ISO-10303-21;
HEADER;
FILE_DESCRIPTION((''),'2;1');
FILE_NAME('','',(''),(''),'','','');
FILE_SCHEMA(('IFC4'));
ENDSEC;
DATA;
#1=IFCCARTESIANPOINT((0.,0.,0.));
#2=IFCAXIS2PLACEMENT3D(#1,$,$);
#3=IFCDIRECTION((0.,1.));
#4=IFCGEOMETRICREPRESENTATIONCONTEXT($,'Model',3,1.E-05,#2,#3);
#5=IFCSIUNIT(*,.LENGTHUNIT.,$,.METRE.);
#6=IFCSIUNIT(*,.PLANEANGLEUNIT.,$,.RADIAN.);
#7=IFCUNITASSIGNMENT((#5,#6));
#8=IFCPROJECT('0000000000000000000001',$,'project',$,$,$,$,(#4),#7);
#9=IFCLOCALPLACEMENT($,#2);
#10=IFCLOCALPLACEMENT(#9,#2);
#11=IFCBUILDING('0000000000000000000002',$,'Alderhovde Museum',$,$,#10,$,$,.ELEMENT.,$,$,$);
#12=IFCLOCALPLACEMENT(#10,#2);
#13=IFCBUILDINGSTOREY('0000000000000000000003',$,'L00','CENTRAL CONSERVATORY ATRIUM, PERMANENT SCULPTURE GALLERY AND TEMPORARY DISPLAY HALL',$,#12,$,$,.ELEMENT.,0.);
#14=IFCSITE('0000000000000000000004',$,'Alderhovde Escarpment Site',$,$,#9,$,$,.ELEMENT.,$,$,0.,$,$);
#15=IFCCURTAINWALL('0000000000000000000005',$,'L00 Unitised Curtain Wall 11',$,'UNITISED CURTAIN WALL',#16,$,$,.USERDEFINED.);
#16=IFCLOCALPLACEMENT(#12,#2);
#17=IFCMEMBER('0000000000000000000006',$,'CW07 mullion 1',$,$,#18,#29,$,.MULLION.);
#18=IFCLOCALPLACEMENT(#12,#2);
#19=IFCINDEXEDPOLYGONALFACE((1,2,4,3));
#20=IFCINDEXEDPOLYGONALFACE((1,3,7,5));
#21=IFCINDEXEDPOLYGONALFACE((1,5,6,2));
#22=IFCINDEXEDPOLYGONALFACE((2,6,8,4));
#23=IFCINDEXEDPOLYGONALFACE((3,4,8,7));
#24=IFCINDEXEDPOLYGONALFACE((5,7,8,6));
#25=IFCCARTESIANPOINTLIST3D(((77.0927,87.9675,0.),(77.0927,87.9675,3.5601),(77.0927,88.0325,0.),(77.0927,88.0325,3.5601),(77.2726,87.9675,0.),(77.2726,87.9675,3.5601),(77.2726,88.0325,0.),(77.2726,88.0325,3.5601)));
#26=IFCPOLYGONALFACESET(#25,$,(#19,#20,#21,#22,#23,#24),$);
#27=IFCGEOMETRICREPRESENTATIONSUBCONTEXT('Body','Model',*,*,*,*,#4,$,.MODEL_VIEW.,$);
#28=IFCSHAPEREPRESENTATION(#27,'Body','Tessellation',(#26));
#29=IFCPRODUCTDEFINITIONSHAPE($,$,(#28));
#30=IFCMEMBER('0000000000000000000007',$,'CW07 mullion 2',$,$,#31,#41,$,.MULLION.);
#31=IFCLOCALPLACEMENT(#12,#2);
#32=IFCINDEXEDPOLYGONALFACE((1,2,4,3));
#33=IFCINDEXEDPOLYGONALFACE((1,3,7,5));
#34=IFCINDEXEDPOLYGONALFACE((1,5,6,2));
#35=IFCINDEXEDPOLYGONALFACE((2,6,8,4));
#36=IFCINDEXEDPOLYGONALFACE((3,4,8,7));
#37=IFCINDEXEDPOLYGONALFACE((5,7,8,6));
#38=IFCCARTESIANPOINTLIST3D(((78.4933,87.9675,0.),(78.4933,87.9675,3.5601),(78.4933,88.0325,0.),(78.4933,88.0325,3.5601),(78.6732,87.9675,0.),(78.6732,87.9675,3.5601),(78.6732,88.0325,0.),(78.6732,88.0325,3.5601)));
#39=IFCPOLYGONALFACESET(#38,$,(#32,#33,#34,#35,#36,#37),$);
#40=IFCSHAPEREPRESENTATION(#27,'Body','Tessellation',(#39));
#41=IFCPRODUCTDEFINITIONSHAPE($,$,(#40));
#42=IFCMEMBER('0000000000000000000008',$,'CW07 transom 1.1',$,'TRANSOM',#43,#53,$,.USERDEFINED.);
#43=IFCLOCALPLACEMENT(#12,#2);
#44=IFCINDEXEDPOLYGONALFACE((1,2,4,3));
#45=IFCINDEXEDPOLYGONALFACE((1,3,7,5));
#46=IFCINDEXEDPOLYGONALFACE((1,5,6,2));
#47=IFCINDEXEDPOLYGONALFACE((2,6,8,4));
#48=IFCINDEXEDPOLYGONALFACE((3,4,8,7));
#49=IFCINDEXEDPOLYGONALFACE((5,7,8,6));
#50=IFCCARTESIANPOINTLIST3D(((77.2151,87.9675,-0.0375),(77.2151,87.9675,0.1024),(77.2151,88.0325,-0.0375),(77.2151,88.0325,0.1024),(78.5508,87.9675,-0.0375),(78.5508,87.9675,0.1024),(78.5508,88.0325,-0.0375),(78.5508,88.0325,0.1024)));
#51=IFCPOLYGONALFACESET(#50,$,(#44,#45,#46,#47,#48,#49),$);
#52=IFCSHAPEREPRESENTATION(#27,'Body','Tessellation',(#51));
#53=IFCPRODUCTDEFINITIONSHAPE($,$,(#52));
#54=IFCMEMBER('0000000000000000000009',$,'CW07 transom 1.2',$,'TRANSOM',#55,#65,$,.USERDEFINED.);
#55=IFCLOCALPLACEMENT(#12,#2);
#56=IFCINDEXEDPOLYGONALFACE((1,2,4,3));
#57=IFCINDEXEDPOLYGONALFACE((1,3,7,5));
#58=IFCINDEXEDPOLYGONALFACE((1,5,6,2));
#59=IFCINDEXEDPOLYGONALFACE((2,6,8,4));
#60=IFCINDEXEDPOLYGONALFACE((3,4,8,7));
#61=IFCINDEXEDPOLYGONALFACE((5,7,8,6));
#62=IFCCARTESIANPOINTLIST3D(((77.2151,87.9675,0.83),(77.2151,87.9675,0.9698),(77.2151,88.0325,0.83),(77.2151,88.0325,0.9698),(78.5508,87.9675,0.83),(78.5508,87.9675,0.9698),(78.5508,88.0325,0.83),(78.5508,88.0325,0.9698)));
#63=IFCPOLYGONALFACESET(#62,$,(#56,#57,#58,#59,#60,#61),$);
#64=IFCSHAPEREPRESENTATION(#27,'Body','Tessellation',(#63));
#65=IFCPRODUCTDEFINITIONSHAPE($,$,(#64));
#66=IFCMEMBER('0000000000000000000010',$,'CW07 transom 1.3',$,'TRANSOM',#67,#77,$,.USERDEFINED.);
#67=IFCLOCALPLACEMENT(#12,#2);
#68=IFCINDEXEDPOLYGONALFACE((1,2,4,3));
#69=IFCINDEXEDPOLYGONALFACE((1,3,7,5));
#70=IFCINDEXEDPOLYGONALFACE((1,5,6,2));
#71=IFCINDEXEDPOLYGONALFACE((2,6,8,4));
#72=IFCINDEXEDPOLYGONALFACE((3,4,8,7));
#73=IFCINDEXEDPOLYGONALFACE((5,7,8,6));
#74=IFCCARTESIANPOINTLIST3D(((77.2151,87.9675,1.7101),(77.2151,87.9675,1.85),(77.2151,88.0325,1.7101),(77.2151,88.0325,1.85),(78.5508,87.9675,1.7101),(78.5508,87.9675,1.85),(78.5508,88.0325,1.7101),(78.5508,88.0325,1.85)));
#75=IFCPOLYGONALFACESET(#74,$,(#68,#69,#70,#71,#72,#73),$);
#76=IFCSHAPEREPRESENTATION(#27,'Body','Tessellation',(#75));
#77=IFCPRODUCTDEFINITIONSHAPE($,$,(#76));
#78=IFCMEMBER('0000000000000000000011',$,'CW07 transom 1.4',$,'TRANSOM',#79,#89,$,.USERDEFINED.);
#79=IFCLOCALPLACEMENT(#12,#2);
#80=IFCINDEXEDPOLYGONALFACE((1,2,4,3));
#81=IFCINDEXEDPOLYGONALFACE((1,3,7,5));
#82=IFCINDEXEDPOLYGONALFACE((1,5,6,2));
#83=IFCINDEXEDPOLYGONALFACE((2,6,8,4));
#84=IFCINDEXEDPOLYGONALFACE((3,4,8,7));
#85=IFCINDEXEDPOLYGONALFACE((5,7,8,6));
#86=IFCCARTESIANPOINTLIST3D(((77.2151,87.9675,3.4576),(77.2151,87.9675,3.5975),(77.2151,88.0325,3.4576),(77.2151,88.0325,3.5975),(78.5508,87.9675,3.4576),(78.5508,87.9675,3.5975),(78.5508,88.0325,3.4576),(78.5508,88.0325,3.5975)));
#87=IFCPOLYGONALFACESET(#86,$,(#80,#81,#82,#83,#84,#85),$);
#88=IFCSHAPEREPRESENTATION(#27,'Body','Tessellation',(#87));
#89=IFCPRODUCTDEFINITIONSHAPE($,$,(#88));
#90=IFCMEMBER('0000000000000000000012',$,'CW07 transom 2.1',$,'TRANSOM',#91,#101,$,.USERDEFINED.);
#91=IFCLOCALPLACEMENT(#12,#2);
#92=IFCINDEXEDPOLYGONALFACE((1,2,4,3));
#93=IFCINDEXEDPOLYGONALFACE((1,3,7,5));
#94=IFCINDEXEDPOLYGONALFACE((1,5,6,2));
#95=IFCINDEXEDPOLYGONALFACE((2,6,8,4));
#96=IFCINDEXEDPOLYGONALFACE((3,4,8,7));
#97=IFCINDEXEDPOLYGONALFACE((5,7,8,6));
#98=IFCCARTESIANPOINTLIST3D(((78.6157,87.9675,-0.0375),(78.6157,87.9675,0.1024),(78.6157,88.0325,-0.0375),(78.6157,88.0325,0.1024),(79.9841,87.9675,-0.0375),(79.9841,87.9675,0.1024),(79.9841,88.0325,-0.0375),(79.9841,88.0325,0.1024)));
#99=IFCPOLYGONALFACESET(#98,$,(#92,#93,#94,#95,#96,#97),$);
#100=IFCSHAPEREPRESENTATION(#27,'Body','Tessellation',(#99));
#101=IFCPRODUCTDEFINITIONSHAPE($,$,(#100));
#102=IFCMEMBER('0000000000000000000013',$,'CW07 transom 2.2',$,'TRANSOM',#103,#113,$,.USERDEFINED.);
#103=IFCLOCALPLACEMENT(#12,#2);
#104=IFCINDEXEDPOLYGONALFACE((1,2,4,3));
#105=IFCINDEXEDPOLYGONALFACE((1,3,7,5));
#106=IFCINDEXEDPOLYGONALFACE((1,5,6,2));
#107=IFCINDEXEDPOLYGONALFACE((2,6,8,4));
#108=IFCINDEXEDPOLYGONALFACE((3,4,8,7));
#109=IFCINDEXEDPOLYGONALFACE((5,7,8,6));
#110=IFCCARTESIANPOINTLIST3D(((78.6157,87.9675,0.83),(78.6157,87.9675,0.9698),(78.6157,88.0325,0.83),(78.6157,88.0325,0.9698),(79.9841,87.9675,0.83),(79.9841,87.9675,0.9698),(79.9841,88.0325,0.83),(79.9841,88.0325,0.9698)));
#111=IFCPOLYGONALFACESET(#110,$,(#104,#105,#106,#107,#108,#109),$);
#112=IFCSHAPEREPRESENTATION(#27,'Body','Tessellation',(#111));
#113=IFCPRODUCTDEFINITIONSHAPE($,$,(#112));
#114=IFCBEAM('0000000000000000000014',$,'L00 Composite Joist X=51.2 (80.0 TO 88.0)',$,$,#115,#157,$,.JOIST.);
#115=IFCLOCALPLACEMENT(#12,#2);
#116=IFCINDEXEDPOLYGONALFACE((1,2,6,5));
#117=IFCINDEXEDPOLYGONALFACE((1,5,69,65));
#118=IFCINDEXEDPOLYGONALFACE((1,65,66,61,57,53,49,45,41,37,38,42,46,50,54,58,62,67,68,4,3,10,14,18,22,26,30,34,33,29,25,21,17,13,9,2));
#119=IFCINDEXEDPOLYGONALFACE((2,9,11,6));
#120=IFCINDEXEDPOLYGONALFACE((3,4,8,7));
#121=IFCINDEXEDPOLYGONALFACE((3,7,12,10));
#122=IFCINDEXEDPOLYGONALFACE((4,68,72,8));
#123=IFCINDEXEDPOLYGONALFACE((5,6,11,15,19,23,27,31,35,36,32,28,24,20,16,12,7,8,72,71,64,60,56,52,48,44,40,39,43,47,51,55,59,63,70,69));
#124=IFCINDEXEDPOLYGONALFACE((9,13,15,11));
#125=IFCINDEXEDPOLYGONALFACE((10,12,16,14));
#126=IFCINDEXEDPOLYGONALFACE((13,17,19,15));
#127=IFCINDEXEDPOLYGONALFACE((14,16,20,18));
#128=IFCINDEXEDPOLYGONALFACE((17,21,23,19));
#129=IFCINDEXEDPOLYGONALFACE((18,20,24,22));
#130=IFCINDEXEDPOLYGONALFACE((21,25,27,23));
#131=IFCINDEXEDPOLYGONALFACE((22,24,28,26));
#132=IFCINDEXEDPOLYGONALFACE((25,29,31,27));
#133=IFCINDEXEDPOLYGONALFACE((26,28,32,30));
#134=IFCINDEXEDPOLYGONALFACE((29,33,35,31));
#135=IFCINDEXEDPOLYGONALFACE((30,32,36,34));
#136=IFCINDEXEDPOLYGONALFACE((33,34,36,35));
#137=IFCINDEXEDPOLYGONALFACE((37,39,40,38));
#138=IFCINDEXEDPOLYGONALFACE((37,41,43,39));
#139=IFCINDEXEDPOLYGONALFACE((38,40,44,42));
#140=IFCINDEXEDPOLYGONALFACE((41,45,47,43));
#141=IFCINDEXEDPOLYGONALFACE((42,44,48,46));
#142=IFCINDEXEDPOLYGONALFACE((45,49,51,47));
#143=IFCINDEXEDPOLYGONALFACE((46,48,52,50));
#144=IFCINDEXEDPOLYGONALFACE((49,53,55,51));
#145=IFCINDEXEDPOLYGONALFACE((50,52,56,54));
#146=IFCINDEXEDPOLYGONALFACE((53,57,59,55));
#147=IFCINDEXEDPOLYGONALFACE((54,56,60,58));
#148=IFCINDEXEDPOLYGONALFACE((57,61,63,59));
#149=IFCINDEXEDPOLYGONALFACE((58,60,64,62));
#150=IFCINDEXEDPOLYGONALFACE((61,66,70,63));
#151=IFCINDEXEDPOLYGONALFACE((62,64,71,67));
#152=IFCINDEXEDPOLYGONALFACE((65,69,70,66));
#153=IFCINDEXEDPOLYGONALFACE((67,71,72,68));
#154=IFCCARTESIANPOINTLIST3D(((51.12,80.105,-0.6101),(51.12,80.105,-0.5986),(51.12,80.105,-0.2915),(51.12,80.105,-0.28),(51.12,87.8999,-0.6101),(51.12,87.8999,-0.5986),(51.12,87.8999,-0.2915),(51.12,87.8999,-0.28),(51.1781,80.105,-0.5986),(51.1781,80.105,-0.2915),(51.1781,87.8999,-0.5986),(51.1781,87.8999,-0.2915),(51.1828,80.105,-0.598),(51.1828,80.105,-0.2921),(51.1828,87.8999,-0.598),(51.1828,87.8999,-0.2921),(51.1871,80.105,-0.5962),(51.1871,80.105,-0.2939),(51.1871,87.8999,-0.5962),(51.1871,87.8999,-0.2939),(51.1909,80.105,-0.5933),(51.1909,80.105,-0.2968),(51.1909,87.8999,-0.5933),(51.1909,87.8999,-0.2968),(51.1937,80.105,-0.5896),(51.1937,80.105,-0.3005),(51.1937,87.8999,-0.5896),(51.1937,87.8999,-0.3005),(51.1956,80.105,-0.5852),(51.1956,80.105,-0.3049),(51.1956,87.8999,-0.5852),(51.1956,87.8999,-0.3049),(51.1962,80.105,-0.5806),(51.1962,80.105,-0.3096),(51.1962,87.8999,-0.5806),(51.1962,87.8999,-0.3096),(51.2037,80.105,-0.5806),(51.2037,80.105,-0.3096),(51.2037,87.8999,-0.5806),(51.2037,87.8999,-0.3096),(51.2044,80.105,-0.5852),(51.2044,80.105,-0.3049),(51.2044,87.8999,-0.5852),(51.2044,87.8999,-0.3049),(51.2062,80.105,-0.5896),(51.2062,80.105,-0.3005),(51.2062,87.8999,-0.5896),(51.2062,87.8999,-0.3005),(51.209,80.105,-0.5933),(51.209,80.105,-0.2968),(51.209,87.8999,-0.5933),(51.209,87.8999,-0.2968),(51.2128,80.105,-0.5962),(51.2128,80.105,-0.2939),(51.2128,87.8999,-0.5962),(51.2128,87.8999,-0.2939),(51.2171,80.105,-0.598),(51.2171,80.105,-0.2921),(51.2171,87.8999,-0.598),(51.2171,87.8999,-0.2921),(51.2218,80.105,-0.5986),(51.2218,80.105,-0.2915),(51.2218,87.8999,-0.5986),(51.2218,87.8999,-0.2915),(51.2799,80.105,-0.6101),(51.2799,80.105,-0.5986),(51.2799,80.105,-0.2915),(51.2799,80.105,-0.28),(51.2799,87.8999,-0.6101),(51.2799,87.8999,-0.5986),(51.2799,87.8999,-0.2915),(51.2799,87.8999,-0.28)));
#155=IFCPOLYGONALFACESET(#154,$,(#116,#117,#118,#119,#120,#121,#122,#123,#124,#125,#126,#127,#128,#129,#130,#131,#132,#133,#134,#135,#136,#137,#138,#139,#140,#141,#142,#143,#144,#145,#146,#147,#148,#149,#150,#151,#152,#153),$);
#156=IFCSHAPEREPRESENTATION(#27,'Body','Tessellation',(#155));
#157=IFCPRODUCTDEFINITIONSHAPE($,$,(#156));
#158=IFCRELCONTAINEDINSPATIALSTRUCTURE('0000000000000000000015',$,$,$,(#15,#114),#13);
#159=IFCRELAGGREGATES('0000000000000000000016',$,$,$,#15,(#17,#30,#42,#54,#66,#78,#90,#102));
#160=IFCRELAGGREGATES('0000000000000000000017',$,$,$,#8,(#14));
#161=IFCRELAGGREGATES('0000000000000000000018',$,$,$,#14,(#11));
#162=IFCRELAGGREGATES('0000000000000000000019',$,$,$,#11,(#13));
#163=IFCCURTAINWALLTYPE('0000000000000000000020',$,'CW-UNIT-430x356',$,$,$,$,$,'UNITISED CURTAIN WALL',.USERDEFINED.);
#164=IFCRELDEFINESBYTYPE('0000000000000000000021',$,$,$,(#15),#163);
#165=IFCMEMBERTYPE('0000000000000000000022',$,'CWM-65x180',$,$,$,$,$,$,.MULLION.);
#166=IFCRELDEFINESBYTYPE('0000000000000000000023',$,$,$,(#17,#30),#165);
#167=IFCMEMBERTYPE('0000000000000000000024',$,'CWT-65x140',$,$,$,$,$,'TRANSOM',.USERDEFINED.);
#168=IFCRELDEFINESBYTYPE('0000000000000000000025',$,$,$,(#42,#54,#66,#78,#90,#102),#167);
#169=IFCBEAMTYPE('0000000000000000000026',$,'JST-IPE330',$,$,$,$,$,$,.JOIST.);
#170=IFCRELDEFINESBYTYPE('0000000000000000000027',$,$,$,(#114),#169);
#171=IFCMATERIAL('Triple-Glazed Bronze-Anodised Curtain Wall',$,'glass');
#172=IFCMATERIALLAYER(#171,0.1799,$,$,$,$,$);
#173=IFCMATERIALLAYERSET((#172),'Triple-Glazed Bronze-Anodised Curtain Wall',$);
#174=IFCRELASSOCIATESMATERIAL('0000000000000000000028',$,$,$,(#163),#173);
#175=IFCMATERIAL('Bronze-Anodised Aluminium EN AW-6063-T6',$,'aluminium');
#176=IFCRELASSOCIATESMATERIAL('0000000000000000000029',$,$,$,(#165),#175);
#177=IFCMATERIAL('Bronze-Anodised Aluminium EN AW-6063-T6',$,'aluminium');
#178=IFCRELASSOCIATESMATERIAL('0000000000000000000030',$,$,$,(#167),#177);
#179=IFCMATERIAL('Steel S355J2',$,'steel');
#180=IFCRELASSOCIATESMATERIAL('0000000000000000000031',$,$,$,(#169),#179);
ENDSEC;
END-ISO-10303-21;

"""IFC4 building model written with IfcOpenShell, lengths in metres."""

from ifc_helpers import new_model, si_unit, direction, frame, origin, origin_2d, place, context, subcontext, project, spatial, rectangle, i_section, extrude, material, layer, layer_set, material_profile, profile_set, type_object, element, aggregate, save


model = new_model("IFC4")

# Units and contexts
model_context = context("Model", 3, precision=1e-05, world=origin(), true_north=direction((0.0, 1.0)))
body_context = subcontext(model_context, "Body", "Model", "MODEL_VIEW")
ifc_project = project(units=[si_unit("LENGTHUNIT", "METRE"), si_unit("PLANEANGLEUNIT", "RADIAN")], contexts=[model_context])

# Site, building, storey
site_placement = place(None, origin())
site = spatial("IfcSite", under=ifc_project, at=site_placement, Name="Alderhovde Escarpment Site", CompositionType="ELEMENT", RefElevation=0.0)
building_placement = place(site_placement, origin())
building = spatial("IfcBuilding", under=site, at=building_placement, Name="Alderhovde Museum", CompositionType="ELEMENT")
storey_placement = place(building_placement, origin())
storey = spatial("IfcBuildingStorey", under=building, at=storey_placement, Name="L00", Description="CENTRAL CONSERVATORY ATRIUM, PERMANENT SCULPTURE GALLERY AND TEMPORARY DISPLAY HALL", CompositionType="ELEMENT", Elevation=0.0)

# Curtain wall, members
ifc_material_1 = material(Name="Triple-Glazed Bronze-Anodised Curtain Wall", Category="glass")
ifc_layer_1 = layer(ifc_material_1, 0.1799)
ifc_layer_set_1 = layer_set([ifc_layer_1], Name="Triple-Glazed Bronze-Anodised Curtain Wall")
curtain_wall_type = type_object("IfcCurtainWallType", Name="CW-UNIT-430x356", ElementType="UNITISED CURTAIN WALL", PredefinedType="USERDEFINED", material=ifc_layer_set_1)
curtain_wall_placement = place(storey_placement, origin())
curtain_wall = element("IfcCurtainWall", 1, at=curtain_wall_placement, inside=storey, type_object=curtain_wall_type, Name="L00 Unitised Curtain Wall 11", ObjectType="UNITISED CURTAIN WALL", PredefinedType="USERDEFINED")
ifc_material_2 = material(Name="Bronze-Anodised Aluminium EN AW-6063-T6", Category="aluminium")
ifc_material_profile_1 = material_profile(ifc_material_2, rectangle(XDim=0.0649, YDim=0.1799, at=origin_2d()), Name="MULLION 65x180")
ifc_profile_set_1 = profile_set([ifc_material_profile_1], Name="Bronze-Anodised Aluminium EN AW-6063-T6")
member_type_1 = type_object("IfcMemberType", Name="CWM-65x180", PredefinedType="MULLION", material=ifc_profile_set_1)
member_1_placement = place(storey_placement, frame((77.1826, 88.0, 0.0), z_axis=(0.0, 0.0, 1.0), x_axis=(0.0, 1.0, 0.0)))
member_1 = element("IfcMember", 2, at=member_1_placement, type_object=member_type_1, Name="CW07 mullion 1", PredefinedType="MULLION", context=body_context, shape_type="SweptSolid", body=[
    extrude(rectangle(XDim=0.0649, YDim=0.1799, at=origin_2d()), origin(), (0.0, 0.0, 1.0), 3.5601),
])
member_2_placement = place(storey_placement, frame((78.5833, 88.0, 0.0), z_axis=(0.0, 0.0, 1.0), x_axis=(0.0, 1.0, 0.0)))
member_2 = element("IfcMember", 3, at=member_2_placement, type_object=member_type_1, Name="CW07 mullion 2", PredefinedType="MULLION", context=body_context, shape_type="SweptSolid", body=[
    extrude(rectangle(XDim=0.0649, YDim=0.1799, at=origin_2d()), origin(), (0.0, 0.0, 1.0), 3.5601),
])
ifc_material_3 = material(Name="Bronze-Anodised Aluminium EN AW-6063-T6", Category="aluminium")
ifc_material_profile_2 = material_profile(ifc_material_3, rectangle(XDim=0.0649, YDim=0.1399, at=origin_2d()), Name="TRANSOM 65x140")
ifc_profile_set_2 = profile_set([ifc_material_profile_2], Name="Bronze-Anodised Aluminium EN AW-6063-T6")
member_type_2 = type_object("IfcMemberType", Name="CWT-65x140", ElementType="TRANSOM", PredefinedType="USERDEFINED", material=ifc_profile_set_2)
member_3_placement = place(storey_placement, frame((77.2151, 88.0, 0.0325), z_axis=(1.0, 0.0, 0.0), x_axis=(0.0, 1.0, 0.0)))
member_3 = element("IfcMember", 4, at=member_3_placement, type_object=member_type_2, Name="CW07 transom 1.1", ObjectType="TRANSOM", PredefinedType="USERDEFINED", context=body_context, shape_type="SweptSolid", body=[
    extrude(rectangle(XDim=0.0649, YDim=0.1399, at=origin_2d()), origin(), (0.0, 0.0, 1.0), 1.3357),
])
member_4_placement = place(storey_placement, frame((77.2151, 88.0, 0.8999), z_axis=(1.0, 0.0, 0.0), x_axis=(0.0, 1.0, 0.0)))
member_4 = element("IfcMember", 5, at=member_4_placement, type_object=member_type_2, Name="CW07 transom 1.2", ObjectType="TRANSOM", PredefinedType="USERDEFINED", context=body_context, shape_type="SweptSolid", body=[
    extrude(rectangle(XDim=0.0649, YDim=0.1399, at=origin_2d()), origin(), (0.0, 0.0, 1.0), 1.3357),
])
member_5_placement = place(storey_placement, frame((77.2151, 88.0, 1.78), z_axis=(1.0, 0.0, 0.0), x_axis=(0.0, 1.0, 0.0)))
member_5 = element("IfcMember", 6, at=member_5_placement, type_object=member_type_2, Name="CW07 transom 1.3", ObjectType="TRANSOM", PredefinedType="USERDEFINED", context=body_context, shape_type="SweptSolid", body=[
    extrude(rectangle(XDim=0.0649, YDim=0.1399, at=origin_2d()), origin(), (0.0, 0.0, 1.0), 1.3357),
])
member_6_placement = place(storey_placement, frame((77.2151, 88.0, 3.5276), z_axis=(1.0, 0.0, 0.0), x_axis=(0.0, 1.0, 0.0)))
member_6 = element("IfcMember", 7, at=member_6_placement, type_object=member_type_2, Name="CW07 transom 1.4", ObjectType="TRANSOM", PredefinedType="USERDEFINED", context=body_context, shape_type="SweptSolid", body=[
    extrude(rectangle(XDim=0.0649, YDim=0.1399, at=origin_2d()), origin(), (0.0, 0.0, 1.0), 1.3357),
])
member_7_placement = place(storey_placement, frame((78.6157, 88.0, 0.0325), z_axis=(1.0, 0.0, 0.0), x_axis=(0.0, 1.0, 0.0)))
member_7 = element("IfcMember", 8, at=member_7_placement, type_object=member_type_2, Name="CW07 transom 2.1", ObjectType="TRANSOM", PredefinedType="USERDEFINED", context=body_context, shape_type="SweptSolid", body=[
    extrude(rectangle(XDim=0.0649, YDim=0.1399, at=origin_2d()), origin(), (0.0, 0.0, 1.0), 1.3684),
])
member_8_placement = place(storey_placement, frame((78.6157, 88.0, 0.8999), z_axis=(1.0, 0.0, 0.0), x_axis=(0.0, 1.0, 0.0)))
member_8 = element("IfcMember", 9, at=member_8_placement, type_object=member_type_2, Name="CW07 transom 2.2", ObjectType="TRANSOM", PredefinedType="USERDEFINED", context=body_context, shape_type="SweptSolid", body=[
    extrude(rectangle(XDim=0.0649, YDim=0.1399, at=origin_2d()), origin(), (0.0, 0.0, 1.0), 1.3684),
])

# Beam
ifc_material_4 = material(Name="Steel S355J2", Category="steel")
ifc_material_profile_3 = material_profile(ifc_material_4, i_section(OverallWidth=0.1599, OverallDepth=0.3301, WebThickness=0.0076, FlangeThickness=0.0115, FilletRadius=0.0181, at=origin_2d()), Name="IPE 330")
ifc_profile_set_3 = profile_set([ifc_material_profile_3], Name="Steel S355J2")
beam_type_1 = type_object("IfcBeamType", Name="JST-IPE330", PredefinedType="JOIST", material=ifc_profile_set_3)
for number, where, z_axis, x_axis, name in (
    (10, (51.2, 80.105, -0.4451), (0.0, 1.0, 0.0), (-1.0, 0.0, 0.0), "L00 Composite Joist X=51.2 (80.0 TO 88.0)"),
):
    element("IfcBeam", number, at=place(storey_placement, frame(where, z_axis=z_axis, x_axis=x_axis)), inside=storey, type_object=beam_type_1, Name=name, PredefinedType="JOIST", context=body_context, shape_type="SweptSolid", body=[
        extrude(i_section(OverallWidth=0.1599, OverallDepth=0.3301, WebThickness=0.0076, FlangeThickness=0.0115, FilletRadius=0.0181, at=origin_2d()), origin(), (0.0, 0.0, 1.0), 7.7949),
    ])

aggregate(curtain_wall, [member_1, member_2, member_3, member_4, member_5, member_6, member_7, member_8])

save(model, "model.ifc")
